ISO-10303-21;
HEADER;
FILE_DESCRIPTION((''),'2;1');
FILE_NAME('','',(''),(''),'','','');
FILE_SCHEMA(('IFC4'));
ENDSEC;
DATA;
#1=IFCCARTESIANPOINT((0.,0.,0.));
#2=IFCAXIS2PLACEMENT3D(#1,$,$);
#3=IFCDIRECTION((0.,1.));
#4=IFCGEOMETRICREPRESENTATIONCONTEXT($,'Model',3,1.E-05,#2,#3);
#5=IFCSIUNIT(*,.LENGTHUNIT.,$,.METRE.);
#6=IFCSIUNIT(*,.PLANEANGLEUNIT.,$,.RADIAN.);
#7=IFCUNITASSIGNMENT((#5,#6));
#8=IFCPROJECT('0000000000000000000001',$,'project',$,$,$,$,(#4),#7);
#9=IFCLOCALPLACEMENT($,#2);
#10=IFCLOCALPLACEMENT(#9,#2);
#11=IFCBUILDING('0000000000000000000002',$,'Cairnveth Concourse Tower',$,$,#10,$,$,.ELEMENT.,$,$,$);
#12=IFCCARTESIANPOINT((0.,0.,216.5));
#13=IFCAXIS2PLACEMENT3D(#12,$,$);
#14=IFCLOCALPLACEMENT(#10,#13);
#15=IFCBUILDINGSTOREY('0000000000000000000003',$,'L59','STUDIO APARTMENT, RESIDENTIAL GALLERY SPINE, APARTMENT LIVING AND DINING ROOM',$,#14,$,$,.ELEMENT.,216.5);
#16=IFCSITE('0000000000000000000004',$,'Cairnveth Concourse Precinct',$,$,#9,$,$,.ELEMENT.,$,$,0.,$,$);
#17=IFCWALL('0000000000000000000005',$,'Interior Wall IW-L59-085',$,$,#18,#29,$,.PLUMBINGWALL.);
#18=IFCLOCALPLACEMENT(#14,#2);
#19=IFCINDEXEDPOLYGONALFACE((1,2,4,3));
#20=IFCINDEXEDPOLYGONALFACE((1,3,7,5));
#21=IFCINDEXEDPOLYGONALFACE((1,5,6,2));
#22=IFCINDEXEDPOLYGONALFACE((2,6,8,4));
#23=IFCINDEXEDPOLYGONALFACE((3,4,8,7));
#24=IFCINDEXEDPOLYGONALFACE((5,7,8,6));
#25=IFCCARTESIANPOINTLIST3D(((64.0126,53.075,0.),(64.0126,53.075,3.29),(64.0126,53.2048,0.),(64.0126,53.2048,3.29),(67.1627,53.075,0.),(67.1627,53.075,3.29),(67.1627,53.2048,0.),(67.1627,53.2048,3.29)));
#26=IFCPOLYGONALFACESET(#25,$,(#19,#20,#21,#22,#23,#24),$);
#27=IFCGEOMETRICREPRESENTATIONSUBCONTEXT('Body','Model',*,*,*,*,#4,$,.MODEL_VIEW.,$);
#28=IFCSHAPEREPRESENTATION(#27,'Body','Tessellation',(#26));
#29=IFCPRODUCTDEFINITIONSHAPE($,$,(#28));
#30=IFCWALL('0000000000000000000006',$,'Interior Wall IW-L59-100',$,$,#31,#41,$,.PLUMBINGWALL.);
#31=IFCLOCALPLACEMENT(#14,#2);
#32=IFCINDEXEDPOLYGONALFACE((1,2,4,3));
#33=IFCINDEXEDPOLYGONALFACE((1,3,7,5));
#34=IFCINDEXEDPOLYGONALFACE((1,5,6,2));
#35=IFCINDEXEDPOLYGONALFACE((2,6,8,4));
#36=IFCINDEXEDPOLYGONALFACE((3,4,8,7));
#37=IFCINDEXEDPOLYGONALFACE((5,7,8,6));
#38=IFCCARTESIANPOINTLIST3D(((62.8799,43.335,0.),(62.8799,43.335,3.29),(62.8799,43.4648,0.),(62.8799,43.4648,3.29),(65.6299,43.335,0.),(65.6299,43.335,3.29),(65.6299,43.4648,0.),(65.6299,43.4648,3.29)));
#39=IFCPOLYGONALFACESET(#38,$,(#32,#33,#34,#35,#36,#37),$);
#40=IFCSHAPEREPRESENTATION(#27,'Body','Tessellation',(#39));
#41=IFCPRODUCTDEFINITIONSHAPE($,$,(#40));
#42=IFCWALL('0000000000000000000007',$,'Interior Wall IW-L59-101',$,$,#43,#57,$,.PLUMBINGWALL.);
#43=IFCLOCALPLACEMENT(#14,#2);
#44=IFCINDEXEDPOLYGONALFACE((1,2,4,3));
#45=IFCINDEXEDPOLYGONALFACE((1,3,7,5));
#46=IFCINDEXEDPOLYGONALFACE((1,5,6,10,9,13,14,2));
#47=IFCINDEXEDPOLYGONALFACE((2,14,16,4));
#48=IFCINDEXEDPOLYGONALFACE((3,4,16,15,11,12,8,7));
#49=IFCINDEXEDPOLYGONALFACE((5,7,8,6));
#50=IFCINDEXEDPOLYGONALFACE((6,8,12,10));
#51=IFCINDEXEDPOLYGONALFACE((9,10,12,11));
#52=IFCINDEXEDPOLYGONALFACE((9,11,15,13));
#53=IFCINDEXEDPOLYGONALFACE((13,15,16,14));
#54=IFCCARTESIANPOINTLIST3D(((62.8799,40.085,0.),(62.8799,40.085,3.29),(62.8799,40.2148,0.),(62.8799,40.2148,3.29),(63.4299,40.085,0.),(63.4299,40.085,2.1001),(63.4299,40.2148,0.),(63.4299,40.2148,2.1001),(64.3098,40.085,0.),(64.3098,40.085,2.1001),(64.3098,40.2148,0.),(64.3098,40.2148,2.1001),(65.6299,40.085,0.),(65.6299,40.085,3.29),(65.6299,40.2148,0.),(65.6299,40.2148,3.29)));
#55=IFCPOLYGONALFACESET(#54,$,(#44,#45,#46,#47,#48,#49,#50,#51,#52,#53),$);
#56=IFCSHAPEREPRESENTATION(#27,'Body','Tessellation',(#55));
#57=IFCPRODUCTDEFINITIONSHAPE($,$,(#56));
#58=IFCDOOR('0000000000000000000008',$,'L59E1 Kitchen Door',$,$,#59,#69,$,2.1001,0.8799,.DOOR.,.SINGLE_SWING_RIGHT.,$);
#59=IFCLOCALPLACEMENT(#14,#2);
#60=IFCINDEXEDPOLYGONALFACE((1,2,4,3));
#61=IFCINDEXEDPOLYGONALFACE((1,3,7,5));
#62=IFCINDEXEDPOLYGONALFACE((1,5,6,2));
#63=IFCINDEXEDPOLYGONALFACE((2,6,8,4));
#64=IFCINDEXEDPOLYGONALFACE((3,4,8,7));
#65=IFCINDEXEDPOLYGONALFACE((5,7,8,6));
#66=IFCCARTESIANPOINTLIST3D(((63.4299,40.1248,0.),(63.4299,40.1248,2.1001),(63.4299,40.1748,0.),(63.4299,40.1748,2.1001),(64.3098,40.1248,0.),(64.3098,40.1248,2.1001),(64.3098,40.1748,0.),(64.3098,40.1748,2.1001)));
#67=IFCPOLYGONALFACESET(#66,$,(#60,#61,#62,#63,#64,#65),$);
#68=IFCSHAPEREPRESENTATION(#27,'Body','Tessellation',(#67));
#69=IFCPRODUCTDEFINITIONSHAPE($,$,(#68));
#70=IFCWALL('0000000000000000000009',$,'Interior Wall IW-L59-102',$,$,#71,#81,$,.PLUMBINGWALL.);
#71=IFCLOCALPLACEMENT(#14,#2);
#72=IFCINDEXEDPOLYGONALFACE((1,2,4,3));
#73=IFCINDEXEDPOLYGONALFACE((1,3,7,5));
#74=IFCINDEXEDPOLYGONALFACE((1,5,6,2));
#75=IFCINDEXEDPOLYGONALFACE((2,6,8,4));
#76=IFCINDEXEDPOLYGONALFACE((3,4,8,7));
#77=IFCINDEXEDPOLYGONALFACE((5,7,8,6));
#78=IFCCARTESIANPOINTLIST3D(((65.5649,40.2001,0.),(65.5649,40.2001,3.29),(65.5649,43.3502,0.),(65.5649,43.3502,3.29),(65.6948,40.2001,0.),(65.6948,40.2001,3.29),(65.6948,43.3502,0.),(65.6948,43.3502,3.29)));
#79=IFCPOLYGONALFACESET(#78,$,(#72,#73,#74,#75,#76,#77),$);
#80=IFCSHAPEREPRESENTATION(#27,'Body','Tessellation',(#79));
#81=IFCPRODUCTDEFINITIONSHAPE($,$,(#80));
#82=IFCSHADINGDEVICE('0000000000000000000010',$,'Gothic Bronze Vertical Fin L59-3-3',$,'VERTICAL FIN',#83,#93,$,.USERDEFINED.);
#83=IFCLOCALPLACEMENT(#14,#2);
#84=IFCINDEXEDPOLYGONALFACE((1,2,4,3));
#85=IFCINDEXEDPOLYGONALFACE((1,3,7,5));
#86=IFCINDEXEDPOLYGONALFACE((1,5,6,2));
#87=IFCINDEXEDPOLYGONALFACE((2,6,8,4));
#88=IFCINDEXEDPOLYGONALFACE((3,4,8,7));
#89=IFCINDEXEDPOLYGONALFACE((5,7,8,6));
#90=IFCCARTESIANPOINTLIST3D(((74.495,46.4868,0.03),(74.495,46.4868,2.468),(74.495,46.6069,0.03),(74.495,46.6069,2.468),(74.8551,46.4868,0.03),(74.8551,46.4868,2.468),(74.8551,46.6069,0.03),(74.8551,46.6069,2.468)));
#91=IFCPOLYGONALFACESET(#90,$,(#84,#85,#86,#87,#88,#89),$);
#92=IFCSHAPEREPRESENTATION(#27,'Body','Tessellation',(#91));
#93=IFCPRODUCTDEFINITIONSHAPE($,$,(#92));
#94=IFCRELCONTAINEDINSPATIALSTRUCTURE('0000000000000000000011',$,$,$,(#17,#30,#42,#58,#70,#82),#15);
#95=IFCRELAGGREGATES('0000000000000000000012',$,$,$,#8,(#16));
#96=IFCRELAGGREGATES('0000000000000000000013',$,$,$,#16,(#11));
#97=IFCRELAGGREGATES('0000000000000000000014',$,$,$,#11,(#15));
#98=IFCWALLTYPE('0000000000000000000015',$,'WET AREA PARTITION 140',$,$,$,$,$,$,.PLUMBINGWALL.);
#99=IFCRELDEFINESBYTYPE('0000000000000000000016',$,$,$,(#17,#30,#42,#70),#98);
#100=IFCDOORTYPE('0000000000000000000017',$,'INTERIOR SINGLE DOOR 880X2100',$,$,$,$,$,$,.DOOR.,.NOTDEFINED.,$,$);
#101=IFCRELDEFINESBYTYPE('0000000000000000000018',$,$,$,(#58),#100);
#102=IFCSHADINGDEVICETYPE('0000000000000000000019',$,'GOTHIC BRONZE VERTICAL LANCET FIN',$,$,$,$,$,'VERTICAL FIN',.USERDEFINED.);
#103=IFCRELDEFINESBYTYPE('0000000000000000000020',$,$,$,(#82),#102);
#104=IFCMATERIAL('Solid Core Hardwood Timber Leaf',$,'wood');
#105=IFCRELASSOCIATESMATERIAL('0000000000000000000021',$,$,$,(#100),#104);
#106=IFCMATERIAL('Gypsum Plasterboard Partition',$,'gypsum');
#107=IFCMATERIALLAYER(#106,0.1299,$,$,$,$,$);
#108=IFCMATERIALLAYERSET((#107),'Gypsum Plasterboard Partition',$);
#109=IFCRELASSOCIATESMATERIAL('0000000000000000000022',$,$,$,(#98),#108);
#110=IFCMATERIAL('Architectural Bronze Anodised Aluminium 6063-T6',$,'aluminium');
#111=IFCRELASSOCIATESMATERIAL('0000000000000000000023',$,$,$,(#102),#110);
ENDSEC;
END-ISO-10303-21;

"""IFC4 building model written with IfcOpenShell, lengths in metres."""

from ifc_helpers import new_model, si_unit, direction, frame, frame_2d, origin, origin_2d, place, context, subcontext, project, spatial, rectangle, extrude, material, layer, layer_set, type_object, element, fill, save


model = new_model("IFC4")

# Units and contexts
model_context = context("Model", 3, precision=1e-05, world=origin(), true_north=direction((0.0, 1.0)))
body_context = subcontext(model_context, "Body", "Model", "MODEL_VIEW")
ifc_project = project(units=[si_unit("LENGTHUNIT", "METRE"), si_unit("PLANEANGLEUNIT", "RADIAN")], contexts=[model_context])

# Site, building, storey
site_placement = place(None, origin())
site = spatial("IfcSite", under=ifc_project, at=site_placement, Name="Cairnveth Concourse Precinct", CompositionType="ELEMENT", RefElevation=0.0)
building_placement = place(site_placement, origin())
building = spatial("IfcBuilding", under=site, at=building_placement, Name="Cairnveth Concourse Tower", CompositionType="ELEMENT")
storey_placement = place(building_placement, frame((0.0, 0.0, 216.5)))
storey = spatial("IfcBuildingStorey", under=building, at=storey_placement, Name="L59", Description="STUDIO APARTMENT, RESIDENTIAL GALLERY SPINE, APARTMENT LIVING AND DINING ROOM", CompositionType="ELEMENT", Elevation=216.5)

# Shared definitions
ifc_material_1 = material(Name="Gypsum Plasterboard Partition", Category="gypsum")

# Shared definitions
ifc_material_2 = material(Name="Solid Core Hardwood Timber Leaf", Category="wood")
door_type_1 = type_object("IfcDoorType", Name="INTERIOR SINGLE DOOR 880X2100", OperationType="NOTDEFINED", PredefinedType="DOOR", material=ifc_material_2)

# Shared definitions
ifc_layer_1 = layer(ifc_material_1, 0.1299)
ifc_layer_set_1 = layer_set([ifc_layer_1], Name="Gypsum Plasterboard Partition")
wall_type_1 = type_object("IfcWallType", Name="WET AREA PARTITION 140", PredefinedType="PLUMBINGWALL", material=ifc_layer_set_1)

# Walls
wall_1_placement = place(storey_placement, frame((64.0125, 53.1399, 0.0), z_axis=(0.0, 0.0, 1.0), x_axis=(1.0, 0.0, 0.0)))
element("IfcWall", 1, at=wall_1_placement, inside=storey, type_object=wall_type_1, Name="Interior Wall IW-L59-085", PredefinedType="PLUMBINGWALL", context=body_context, shape_type="SweptSolid", body=[
    extrude(rectangle(XDim=3.1501, YDim=0.1299, at=frame_2d((1.5752, 0.0))), origin(), (0.0, 0.0, 1.0), 3.29),
])
wall_2_placement = place(storey_placement, frame((62.8799, 43.3999, 0.0), z_axis=(0.0, 0.0, 1.0), x_axis=(1.0, 0.0, 0.0)))
element("IfcWall", 2, at=wall_2_placement, inside=storey, type_object=wall_type_1, Name="Interior Wall IW-L59-100", PredefinedType="PLUMBINGWALL", context=body_context, shape_type="SweptSolid", body=[
    extrude(rectangle(XDim=2.75, YDim=0.1299, at=frame_2d((1.375, 0.0))), origin(), (0.0, 0.0, 1.0), 3.29),
])

# Wall, opening, door
wall_3_placement = place(storey_placement, frame((62.8799, 40.1499, 0.0), z_axis=(0.0, 0.0, 1.0), x_axis=(1.0, 0.0, 0.0)))
wall_3 = element("IfcWall", 3, at=wall_3_placement, inside=storey, type_object=wall_type_1, Name="Interior Wall IW-L59-101", PredefinedType="PLUMBINGWALL", context=body_context, shape_type="SweptSolid", body=[
    extrude(rectangle(XDim=2.75, YDim=0.1299, at=frame_2d((1.375, 0.0))), origin(), (0.0, 0.0, 1.0), 3.29),
])
opening_1_placement = place(wall_3_placement, frame((0.55, 0.0, 0.0)))
opening_1 = element("IfcOpeningElement", 4, at=opening_1_placement, cuts=wall_3, PredefinedType="OPENING", context=body_context, shape_type="SweptSolid", body=[
    extrude(rectangle(XDim=0.8799, YDim=2.1001, at=frame_2d((0.4399, 1.05))), frame((0.0, 0.075, 0.0), z_axis=(0.0, -1.0, 0.0), x_axis=(1.0, 0.0, 0.0)), (0.0, 0.0, 1.0), 0.1499),
])
door_1_placement = place(opening_1_placement, origin())
door_1 = element("IfcDoor", 5, at=door_1_placement, inside=storey, type_object=door_type_1, Name="L59E1 Kitchen Door", OperationType="SINGLE_SWING_RIGHT", OverallHeight=2.1001, OverallWidth=0.8799, PredefinedType="DOOR", context=body_context, shape_type="SweptSolid", body=[
    extrude(rectangle(XDim=0.8799, YDim=2.1001, at=frame_2d((0.4399, 1.05))), frame((0.0, 0.0249, 0.0), z_axis=(0.0, -1.0, 0.0), x_axis=(1.0, 0.0, 0.0)), (0.0, 0.0, 1.0), 0.05),
])
fill(opening_1, door_1)

# Wall
wall_4_placement = place(storey_placement, frame((65.6299, 40.2, 0.0), z_axis=(0.0, 0.0, 1.0), x_axis=(0.0, 1.0, 0.0)))
element("IfcWall", 6, at=wall_4_placement, inside=storey, type_object=wall_type_1, Name="Interior Wall IW-L59-102", PredefinedType="PLUMBINGWALL", context=body_context, shape_type="SweptSolid", body=[
    extrude(rectangle(XDim=3.1501, YDim=0.1299, at=frame_2d((1.5752, 0.0))), origin(), (0.0, 0.0, 1.0), 3.29),
])

# Shading device
ifc_material_3 = material(Name="Architectural Bronze Anodised Aluminium 6063-T6", Category="aluminium")
shading_device_type = type_object("IfcShadingDeviceType", Name="GOTHIC BRONZE VERTICAL LANCET FIN", ElementType="VERTICAL FIN", PredefinedType="USERDEFINED", material=ifc_material_3)
shading_device_placement = place(storey_placement, frame((74.675, 46.5469, 0.03), z_axis=(0.0, 0.0, 1.0), x_axis=(0.0, 1.0, 0.0)))
element("IfcShadingDevice", 7, at=shading_device_placement, inside=storey, type_object=shading_device_type, Name="Gothic Bronze Vertical Fin L59-3-3", ObjectType="VERTICAL FIN", PredefinedType="USERDEFINED", context=body_context, shape_type="SweptSolid", body=[
    extrude(rectangle(XDim=0.1201, YDim=0.3601, at=origin_2d()), origin(), (0.0, 0.0, 1.0), 2.438),
])

save(model, "model.ifc")
